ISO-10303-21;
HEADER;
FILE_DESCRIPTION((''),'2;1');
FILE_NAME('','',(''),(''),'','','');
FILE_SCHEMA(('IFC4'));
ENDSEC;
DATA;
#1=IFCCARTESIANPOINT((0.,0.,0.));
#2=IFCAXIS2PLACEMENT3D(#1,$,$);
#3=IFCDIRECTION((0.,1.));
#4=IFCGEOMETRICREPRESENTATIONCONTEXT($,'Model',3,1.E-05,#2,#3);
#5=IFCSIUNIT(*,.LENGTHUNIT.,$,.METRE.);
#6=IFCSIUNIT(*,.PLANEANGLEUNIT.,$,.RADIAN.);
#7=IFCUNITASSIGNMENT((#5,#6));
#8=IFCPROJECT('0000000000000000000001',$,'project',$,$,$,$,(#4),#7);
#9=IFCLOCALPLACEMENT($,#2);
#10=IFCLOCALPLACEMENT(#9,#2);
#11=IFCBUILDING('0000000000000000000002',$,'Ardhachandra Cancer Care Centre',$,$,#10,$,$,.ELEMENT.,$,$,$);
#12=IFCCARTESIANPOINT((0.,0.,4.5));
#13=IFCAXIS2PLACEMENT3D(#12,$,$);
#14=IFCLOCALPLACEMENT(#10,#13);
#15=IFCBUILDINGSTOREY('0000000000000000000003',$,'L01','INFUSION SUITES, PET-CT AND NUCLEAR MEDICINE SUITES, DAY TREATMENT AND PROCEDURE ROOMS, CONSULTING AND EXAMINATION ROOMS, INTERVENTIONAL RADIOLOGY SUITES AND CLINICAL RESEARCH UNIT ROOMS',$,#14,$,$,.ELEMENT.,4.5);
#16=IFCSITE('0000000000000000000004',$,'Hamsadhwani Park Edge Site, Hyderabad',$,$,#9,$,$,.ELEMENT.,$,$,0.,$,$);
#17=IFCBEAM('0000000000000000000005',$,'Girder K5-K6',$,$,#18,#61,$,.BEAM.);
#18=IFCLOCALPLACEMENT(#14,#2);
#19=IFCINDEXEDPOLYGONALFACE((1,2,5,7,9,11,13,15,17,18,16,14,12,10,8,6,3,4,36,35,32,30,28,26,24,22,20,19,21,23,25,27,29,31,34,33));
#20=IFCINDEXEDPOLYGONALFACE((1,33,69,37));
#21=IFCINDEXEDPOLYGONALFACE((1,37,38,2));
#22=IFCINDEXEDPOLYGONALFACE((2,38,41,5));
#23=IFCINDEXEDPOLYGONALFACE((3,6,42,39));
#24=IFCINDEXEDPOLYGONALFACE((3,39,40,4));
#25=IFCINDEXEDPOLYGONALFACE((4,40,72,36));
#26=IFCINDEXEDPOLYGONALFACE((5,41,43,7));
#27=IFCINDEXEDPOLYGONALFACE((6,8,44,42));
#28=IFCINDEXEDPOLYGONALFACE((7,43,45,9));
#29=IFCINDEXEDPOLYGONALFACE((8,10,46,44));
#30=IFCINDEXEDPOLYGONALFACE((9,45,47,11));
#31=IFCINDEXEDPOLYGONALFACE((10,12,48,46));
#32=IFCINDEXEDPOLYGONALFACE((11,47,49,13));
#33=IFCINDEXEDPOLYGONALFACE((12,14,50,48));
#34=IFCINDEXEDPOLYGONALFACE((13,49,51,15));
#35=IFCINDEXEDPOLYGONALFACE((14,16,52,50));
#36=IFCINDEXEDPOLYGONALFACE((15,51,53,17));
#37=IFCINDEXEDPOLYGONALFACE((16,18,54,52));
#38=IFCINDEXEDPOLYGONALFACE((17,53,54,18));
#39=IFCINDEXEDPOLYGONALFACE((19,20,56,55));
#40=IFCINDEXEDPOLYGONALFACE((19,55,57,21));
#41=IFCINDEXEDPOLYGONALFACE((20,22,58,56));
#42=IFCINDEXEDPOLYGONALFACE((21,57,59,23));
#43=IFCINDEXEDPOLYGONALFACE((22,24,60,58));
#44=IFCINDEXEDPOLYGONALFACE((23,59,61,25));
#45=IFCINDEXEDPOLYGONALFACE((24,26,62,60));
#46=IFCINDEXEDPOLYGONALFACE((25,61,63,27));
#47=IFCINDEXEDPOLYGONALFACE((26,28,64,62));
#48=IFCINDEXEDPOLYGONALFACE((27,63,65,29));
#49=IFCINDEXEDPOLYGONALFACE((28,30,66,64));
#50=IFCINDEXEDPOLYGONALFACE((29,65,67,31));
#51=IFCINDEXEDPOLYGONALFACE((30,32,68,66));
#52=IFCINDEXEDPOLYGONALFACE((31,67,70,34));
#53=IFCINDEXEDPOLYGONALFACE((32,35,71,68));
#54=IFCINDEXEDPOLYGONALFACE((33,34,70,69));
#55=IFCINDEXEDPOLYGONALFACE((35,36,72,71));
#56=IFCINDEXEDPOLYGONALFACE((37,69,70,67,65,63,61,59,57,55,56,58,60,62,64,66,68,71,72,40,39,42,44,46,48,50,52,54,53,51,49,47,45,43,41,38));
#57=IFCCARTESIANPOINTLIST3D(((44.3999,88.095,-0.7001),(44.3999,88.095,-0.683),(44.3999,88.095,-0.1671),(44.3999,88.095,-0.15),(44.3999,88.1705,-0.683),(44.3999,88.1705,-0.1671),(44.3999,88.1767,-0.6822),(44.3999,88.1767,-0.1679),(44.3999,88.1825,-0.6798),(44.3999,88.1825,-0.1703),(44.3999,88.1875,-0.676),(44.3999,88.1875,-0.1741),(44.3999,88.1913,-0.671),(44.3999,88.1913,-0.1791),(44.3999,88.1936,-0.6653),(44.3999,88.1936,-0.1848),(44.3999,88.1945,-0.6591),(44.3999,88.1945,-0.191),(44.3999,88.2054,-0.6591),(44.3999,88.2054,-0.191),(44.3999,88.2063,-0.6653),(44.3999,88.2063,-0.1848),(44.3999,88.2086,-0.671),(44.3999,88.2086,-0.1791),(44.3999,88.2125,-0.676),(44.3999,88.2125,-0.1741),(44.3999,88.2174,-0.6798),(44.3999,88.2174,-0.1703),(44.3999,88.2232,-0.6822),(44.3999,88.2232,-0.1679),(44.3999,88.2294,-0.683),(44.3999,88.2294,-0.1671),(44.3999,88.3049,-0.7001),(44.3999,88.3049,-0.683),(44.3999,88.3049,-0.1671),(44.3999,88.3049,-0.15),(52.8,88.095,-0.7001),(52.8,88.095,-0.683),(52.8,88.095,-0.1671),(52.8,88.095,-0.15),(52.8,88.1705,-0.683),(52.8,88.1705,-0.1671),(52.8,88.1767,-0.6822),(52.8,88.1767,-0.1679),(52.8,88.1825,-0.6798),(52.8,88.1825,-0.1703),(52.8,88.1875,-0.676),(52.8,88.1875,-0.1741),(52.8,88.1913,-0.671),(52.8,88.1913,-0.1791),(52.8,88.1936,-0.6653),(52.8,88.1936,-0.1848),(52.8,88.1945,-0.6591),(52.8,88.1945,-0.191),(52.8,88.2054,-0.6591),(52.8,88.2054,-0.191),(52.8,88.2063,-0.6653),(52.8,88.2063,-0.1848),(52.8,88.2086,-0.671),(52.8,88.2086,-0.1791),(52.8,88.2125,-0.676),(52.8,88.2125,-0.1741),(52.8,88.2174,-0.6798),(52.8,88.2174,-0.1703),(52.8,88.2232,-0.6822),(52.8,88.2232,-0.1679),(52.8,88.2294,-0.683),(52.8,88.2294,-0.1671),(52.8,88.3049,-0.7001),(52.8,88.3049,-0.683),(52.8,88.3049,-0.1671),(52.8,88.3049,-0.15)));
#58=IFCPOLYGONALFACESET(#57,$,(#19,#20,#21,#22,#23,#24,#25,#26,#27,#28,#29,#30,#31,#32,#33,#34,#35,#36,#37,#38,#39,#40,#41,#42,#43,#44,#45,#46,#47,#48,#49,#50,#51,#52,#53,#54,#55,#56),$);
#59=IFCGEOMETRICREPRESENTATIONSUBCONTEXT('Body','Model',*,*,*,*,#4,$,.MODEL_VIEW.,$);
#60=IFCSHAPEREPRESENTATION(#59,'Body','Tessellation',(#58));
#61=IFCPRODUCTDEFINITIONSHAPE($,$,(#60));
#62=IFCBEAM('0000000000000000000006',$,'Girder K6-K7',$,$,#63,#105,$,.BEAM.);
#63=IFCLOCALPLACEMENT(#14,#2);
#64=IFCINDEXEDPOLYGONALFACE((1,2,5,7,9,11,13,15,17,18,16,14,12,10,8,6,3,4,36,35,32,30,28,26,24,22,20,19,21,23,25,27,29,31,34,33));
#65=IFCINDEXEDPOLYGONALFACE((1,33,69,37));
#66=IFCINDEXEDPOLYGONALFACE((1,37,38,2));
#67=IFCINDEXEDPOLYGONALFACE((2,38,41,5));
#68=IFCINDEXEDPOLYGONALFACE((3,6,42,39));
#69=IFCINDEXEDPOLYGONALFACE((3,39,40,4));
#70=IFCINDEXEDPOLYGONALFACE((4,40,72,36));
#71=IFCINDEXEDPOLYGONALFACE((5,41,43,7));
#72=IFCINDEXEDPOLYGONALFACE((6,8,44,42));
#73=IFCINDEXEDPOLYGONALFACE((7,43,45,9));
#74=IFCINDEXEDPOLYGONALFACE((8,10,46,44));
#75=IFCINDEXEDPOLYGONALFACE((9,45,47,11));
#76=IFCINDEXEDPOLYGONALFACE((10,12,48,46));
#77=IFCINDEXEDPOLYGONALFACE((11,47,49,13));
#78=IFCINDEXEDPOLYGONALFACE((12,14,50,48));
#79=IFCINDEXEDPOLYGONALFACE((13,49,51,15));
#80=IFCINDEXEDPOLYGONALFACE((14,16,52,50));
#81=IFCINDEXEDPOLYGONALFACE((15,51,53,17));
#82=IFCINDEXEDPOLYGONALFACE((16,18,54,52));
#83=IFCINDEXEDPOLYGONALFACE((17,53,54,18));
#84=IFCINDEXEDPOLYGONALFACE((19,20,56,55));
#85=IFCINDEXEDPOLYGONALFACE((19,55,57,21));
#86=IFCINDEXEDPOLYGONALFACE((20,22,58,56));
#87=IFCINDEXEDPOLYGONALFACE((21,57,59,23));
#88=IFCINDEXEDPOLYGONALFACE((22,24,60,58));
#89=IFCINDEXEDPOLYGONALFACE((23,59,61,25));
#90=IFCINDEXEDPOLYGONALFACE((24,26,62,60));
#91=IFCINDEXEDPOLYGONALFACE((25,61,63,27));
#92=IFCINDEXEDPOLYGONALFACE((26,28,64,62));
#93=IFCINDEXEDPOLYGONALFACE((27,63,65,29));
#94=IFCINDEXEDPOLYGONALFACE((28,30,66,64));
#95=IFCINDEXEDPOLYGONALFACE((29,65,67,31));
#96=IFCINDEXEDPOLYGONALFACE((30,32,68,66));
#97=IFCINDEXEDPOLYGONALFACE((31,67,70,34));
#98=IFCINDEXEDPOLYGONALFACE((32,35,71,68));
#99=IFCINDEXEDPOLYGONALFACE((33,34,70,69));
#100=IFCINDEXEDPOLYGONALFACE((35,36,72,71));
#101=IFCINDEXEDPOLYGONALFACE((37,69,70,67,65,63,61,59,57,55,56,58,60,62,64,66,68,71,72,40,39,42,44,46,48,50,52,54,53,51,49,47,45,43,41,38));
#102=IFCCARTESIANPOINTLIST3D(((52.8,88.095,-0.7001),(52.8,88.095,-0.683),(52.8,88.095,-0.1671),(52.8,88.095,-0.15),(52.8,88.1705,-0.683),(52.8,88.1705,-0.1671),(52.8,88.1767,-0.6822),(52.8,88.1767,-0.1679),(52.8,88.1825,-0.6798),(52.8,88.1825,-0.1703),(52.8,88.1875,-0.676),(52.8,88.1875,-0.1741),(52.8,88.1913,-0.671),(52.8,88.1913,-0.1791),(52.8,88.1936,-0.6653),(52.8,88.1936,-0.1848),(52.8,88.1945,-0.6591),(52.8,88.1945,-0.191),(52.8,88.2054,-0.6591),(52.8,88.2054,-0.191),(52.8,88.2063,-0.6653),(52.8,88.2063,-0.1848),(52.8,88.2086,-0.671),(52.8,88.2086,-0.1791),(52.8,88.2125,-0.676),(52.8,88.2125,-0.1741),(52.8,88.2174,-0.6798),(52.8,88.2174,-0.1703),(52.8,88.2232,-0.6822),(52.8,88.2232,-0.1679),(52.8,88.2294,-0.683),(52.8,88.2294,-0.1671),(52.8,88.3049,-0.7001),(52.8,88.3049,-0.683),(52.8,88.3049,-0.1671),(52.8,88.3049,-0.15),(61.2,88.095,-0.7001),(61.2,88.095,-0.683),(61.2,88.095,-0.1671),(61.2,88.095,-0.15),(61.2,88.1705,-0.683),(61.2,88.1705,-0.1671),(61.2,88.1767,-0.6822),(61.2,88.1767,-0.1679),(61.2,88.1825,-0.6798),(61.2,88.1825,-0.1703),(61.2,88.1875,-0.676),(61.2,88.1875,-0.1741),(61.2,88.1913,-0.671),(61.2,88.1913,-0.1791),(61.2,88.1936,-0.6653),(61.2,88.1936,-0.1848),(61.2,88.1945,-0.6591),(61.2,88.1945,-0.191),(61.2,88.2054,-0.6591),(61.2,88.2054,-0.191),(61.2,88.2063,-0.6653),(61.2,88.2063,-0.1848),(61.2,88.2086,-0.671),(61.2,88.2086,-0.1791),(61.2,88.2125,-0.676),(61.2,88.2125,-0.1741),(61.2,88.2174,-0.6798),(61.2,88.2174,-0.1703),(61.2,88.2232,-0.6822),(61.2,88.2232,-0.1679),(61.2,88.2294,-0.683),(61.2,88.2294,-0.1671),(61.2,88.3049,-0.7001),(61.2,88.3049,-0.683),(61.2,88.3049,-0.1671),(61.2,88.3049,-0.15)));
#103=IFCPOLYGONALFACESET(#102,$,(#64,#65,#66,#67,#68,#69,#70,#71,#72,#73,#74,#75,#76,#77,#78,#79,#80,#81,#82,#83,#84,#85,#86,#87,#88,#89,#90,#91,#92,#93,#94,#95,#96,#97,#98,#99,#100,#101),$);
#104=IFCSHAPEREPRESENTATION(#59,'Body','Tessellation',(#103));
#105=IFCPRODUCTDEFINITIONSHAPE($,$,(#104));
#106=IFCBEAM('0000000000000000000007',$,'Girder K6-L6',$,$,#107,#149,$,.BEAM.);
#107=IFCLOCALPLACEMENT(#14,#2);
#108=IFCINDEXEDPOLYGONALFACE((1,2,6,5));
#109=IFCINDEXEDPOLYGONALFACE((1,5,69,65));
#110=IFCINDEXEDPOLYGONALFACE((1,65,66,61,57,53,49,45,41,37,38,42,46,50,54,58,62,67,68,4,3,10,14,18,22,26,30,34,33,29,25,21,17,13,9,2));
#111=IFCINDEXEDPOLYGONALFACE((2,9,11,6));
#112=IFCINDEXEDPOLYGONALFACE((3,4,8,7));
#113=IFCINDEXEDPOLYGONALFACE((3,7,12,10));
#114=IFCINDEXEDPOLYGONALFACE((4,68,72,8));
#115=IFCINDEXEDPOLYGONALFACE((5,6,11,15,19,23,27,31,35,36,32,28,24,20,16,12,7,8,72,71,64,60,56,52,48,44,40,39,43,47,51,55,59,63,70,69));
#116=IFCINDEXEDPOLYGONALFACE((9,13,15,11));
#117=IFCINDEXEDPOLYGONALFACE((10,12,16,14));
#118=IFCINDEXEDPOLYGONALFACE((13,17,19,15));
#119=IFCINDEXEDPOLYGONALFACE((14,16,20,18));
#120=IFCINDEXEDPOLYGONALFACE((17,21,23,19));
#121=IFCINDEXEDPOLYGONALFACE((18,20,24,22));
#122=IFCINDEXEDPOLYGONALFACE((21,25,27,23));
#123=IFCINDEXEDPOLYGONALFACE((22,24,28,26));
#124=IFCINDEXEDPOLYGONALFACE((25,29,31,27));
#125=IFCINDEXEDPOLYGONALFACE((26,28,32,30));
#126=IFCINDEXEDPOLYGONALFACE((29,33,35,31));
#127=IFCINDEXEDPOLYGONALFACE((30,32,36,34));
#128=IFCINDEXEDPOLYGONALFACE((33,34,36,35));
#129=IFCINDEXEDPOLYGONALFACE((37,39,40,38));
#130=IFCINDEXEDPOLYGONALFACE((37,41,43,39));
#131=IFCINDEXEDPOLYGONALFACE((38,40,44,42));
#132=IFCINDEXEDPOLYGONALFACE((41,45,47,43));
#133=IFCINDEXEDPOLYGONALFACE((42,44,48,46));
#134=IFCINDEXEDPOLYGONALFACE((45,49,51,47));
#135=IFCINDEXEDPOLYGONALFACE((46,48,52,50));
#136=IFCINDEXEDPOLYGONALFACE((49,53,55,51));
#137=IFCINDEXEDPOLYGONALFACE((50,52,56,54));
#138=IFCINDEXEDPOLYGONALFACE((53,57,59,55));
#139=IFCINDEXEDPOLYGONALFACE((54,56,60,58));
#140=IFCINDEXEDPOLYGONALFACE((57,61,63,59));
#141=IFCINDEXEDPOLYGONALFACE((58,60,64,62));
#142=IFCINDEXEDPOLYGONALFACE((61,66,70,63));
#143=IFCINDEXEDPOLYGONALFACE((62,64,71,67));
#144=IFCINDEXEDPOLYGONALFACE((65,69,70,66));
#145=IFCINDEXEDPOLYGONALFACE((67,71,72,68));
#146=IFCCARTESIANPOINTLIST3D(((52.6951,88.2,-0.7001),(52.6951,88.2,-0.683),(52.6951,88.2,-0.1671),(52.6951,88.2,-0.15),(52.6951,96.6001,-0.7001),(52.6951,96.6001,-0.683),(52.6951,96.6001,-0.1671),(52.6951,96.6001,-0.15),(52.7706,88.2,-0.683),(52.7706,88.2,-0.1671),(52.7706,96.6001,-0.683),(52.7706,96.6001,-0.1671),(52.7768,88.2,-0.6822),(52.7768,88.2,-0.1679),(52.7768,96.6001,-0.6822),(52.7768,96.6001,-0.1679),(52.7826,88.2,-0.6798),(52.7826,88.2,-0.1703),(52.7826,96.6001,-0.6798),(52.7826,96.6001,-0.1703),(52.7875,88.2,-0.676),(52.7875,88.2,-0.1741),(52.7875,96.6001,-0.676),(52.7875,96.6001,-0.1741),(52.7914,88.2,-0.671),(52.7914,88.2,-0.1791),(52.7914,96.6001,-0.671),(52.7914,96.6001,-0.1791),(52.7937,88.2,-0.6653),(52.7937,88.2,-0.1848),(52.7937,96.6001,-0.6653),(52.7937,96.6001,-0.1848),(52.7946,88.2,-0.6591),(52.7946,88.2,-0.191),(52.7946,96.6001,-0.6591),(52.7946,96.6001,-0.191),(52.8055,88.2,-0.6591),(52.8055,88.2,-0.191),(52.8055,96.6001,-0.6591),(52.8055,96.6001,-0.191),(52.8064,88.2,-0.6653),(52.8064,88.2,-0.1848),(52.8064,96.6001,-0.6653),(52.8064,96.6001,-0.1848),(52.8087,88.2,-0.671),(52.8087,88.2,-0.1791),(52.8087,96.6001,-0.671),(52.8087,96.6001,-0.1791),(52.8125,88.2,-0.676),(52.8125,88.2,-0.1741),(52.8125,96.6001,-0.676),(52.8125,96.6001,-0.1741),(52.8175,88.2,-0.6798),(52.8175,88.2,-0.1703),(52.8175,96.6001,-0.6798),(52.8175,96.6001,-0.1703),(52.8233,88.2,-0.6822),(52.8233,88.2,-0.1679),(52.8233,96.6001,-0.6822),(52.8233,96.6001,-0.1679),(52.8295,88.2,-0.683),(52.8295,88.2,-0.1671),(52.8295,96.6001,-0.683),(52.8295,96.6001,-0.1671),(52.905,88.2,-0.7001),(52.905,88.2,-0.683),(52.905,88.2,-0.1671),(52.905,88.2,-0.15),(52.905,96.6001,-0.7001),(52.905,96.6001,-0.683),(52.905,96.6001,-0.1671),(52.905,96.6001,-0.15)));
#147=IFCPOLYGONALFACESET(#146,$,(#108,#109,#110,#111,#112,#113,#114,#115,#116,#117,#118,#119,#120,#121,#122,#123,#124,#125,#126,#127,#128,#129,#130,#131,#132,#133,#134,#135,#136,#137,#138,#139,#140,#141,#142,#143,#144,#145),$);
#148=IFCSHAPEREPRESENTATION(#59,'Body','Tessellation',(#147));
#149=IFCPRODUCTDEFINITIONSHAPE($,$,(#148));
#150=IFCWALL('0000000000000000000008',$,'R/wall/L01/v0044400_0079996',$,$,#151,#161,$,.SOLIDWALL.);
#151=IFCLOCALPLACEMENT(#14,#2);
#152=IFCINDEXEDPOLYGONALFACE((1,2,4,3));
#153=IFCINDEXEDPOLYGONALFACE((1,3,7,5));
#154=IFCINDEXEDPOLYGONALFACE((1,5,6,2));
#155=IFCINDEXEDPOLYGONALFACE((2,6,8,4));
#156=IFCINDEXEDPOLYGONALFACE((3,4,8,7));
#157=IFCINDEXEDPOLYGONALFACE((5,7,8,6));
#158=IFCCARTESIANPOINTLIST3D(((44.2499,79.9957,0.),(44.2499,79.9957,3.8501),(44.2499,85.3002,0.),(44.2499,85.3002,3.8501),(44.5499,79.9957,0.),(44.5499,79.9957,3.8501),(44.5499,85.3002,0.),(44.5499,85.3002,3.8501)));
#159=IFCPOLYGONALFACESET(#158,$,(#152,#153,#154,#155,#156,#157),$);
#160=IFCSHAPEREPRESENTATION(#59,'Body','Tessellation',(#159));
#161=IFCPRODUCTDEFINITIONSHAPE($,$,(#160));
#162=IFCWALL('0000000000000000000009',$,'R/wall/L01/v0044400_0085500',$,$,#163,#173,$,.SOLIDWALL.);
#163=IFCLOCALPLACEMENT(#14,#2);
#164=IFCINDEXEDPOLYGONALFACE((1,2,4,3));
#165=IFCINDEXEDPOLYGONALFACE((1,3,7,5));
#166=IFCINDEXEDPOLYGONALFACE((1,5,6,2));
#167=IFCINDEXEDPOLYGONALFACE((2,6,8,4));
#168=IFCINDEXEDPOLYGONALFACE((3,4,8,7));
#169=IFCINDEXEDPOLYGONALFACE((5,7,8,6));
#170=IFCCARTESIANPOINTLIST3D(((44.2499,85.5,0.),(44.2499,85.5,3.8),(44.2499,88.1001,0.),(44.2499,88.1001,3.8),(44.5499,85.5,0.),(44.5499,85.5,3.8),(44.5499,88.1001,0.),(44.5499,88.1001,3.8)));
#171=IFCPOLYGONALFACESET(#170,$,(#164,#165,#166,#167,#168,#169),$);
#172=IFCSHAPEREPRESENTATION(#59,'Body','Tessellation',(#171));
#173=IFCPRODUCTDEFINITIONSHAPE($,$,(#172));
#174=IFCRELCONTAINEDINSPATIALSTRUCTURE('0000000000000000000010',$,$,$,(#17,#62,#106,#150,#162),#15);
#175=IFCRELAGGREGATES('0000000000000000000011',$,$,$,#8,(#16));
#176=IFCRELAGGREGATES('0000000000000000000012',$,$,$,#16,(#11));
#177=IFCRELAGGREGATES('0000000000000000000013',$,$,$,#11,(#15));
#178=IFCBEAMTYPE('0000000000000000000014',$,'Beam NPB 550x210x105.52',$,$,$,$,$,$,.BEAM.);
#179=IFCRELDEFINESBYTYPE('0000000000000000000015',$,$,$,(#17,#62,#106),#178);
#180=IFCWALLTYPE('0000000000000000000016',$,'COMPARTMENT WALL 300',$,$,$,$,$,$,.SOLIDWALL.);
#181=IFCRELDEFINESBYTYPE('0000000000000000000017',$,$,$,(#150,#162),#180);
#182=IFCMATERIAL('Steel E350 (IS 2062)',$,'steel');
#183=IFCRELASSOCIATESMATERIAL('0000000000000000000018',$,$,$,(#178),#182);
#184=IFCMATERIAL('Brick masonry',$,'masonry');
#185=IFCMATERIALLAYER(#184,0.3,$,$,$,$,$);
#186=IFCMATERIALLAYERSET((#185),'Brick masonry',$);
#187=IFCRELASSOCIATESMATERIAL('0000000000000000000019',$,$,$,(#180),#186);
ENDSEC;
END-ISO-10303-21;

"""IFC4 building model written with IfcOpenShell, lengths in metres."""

from ifc_helpers import new_model, si_unit, direction, frame, frame_2d, origin, origin_2d, place, context, subcontext, project, spatial, rectangle, i_section, extrude, material, layer, layer_set, material_profile, profile_set, type_object, element, save


model = new_model("IFC4")

# Units and contexts
model_context = context("Model", 3, precision=1e-05, world=origin(), true_north=direction((0.0, 1.0)))
body_context = subcontext(model_context, "Body", "Model", "MODEL_VIEW")
ifc_project = project(units=[si_unit("LENGTHUNIT", "METRE"), si_unit("PLANEANGLEUNIT", "RADIAN")], contexts=[model_context])

# Site, building, storey
site_placement = place(None, origin())
site = spatial("IfcSite", under=ifc_project, at=site_placement, Name="Hamsadhwani Park Edge Site, Hyderabad", CompositionType="ELEMENT", RefElevation=0.0)
building_placement = place(site_placement, origin())
building = spatial("IfcBuilding", under=site, at=building_placement, Name="Ardhachandra Cancer Care Centre", CompositionType="ELEMENT")
storey_placement = place(building_placement, frame((0.0, 0.0, 4.5)))
storey = spatial("IfcBuildingStorey", under=building, at=storey_placement, Name="L01", Description="INFUSION SUITES, PET-CT AND NUCLEAR MEDICINE SUITES, DAY TREATMENT AND PROCEDURE ROOMS, CONSULTING AND EXAMINATION ROOMS, INTERVENTIONAL RADIOLOGY SUITES AND CLINICAL RESEARCH UNIT ROOMS", CompositionType="ELEMENT", Elevation=4.5)

# Beams
ifc_material_1 = material(Name="Steel E350 (IS 2062)", Category="steel")
ifc_material_profile_1 = material_profile(ifc_material_1, i_section(OverallWidth=0.21, OverallDepth=0.55, WebThickness=0.011, FlangeThickness=0.0171, FilletRadius=0.0239, at=origin_2d()), Name="NPB 550x210x105.52")
ifc_profile_set_1 = profile_set([ifc_material_profile_1], Name="Steel E350 (IS 2062)")
beam_type_1 = type_object("IfcBeamType", Name="Beam NPB 550x210x105.52", PredefinedType="BEAM", material=ifc_profile_set_1)
beam_1_placement = place(storey_placement, frame((44.3999, 88.2, -0.425), z_axis=(1.0, 0.0, 0.0), x_axis=(0.0, 1.0, 0.0)))
element("IfcBeam", 1, at=beam_1_placement, inside=storey, type_object=beam_type_1, Name="Girder K5-K6", PredefinedType="BEAM", context=body_context, shape_type="SweptSolid", body=[
    extrude(i_section(OverallWidth=0.21, OverallDepth=0.55, WebThickness=0.011, FlangeThickness=0.0171, FilletRadius=0.0239, at=origin_2d()), origin(), (0.0, 0.0, 1.0), 8.4001),
])
beam_2_placement = place(storey_placement, frame((52.8, 88.2, -0.425), z_axis=(1.0, 0.0, 0.0), x_axis=(0.0, 1.0, 0.0)))
element("IfcBeam", 2, at=beam_2_placement, inside=storey, type_object=beam_type_1, Name="Girder K6-K7", PredefinedType="BEAM", context=body_context, shape_type="SweptSolid", body=[
    extrude(i_section(OverallWidth=0.21, OverallDepth=0.55, WebThickness=0.011, FlangeThickness=0.0171, FilletRadius=0.0239, at=origin_2d()), origin(), (0.0, 0.0, 1.0), 8.3999),
])
beam_3_placement = place(storey_placement, frame((52.8, 88.2, -0.425), z_axis=(0.0, 1.0, 0.0), x_axis=(-1.0, 0.0, 0.0)))
element("IfcBeam", 3, at=beam_3_placement, inside=storey, type_object=beam_type_1, Name="Girder K6-L6", PredefinedType="BEAM", context=body_context, shape_type="SweptSolid", body=[
    extrude(i_section(OverallWidth=0.21, OverallDepth=0.55, WebThickness=0.011, FlangeThickness=0.0171, FilletRadius=0.0239, at=origin_2d()), origin(), (0.0, 0.0, 1.0), 8.4001),
])

# Walls
ifc_material_2 = material(Name="Brick masonry", Category="masonry")
ifc_layer_1 = layer(ifc_material_2, 0.3)
ifc_layer_set_1 = layer_set([ifc_layer_1], Name="Brick masonry")
wall_type_1 = type_object("IfcWallType", Name="COMPARTMENT WALL 300", PredefinedType="SOLIDWALL", material=ifc_layer_set_1)
wall_1_placement = place(storey_placement, frame((44.3999, 79.9956, 0.0), z_axis=(0.0, 0.0, 1.0), x_axis=(0.0, 1.0, 0.0)))
element("IfcWall", 4, at=wall_1_placement, inside=storey, type_object=wall_type_1, Name="R/wall/L01/v0044400_0079996", PredefinedType="SOLIDWALL", context=body_context, shape_type="SweptSolid", body=[
    extrude(rectangle(XDim=5.3044, YDim=0.3, at=frame_2d((2.6523, 0.0))), origin(), (0.0, 0.0, 1.0), 3.8501),
])
wall_2_placement = place(storey_placement, frame((44.3999, 85.5, 0.0), z_axis=(0.0, 0.0, 1.0), x_axis=(0.0, 1.0, 0.0)))
element("IfcWall", 5, at=wall_2_placement, inside=storey, type_object=wall_type_1, Name="R/wall/L01/v0044400_0085500", PredefinedType="SOLIDWALL", context=body_context, shape_type="SweptSolid", body=[
    extrude(rectangle(XDim=2.6001, YDim=0.3, at=frame_2d((1.3, 0.0))), origin(), (0.0, 0.0, 1.0), 3.8),
])

save(model, "model.ifc")
